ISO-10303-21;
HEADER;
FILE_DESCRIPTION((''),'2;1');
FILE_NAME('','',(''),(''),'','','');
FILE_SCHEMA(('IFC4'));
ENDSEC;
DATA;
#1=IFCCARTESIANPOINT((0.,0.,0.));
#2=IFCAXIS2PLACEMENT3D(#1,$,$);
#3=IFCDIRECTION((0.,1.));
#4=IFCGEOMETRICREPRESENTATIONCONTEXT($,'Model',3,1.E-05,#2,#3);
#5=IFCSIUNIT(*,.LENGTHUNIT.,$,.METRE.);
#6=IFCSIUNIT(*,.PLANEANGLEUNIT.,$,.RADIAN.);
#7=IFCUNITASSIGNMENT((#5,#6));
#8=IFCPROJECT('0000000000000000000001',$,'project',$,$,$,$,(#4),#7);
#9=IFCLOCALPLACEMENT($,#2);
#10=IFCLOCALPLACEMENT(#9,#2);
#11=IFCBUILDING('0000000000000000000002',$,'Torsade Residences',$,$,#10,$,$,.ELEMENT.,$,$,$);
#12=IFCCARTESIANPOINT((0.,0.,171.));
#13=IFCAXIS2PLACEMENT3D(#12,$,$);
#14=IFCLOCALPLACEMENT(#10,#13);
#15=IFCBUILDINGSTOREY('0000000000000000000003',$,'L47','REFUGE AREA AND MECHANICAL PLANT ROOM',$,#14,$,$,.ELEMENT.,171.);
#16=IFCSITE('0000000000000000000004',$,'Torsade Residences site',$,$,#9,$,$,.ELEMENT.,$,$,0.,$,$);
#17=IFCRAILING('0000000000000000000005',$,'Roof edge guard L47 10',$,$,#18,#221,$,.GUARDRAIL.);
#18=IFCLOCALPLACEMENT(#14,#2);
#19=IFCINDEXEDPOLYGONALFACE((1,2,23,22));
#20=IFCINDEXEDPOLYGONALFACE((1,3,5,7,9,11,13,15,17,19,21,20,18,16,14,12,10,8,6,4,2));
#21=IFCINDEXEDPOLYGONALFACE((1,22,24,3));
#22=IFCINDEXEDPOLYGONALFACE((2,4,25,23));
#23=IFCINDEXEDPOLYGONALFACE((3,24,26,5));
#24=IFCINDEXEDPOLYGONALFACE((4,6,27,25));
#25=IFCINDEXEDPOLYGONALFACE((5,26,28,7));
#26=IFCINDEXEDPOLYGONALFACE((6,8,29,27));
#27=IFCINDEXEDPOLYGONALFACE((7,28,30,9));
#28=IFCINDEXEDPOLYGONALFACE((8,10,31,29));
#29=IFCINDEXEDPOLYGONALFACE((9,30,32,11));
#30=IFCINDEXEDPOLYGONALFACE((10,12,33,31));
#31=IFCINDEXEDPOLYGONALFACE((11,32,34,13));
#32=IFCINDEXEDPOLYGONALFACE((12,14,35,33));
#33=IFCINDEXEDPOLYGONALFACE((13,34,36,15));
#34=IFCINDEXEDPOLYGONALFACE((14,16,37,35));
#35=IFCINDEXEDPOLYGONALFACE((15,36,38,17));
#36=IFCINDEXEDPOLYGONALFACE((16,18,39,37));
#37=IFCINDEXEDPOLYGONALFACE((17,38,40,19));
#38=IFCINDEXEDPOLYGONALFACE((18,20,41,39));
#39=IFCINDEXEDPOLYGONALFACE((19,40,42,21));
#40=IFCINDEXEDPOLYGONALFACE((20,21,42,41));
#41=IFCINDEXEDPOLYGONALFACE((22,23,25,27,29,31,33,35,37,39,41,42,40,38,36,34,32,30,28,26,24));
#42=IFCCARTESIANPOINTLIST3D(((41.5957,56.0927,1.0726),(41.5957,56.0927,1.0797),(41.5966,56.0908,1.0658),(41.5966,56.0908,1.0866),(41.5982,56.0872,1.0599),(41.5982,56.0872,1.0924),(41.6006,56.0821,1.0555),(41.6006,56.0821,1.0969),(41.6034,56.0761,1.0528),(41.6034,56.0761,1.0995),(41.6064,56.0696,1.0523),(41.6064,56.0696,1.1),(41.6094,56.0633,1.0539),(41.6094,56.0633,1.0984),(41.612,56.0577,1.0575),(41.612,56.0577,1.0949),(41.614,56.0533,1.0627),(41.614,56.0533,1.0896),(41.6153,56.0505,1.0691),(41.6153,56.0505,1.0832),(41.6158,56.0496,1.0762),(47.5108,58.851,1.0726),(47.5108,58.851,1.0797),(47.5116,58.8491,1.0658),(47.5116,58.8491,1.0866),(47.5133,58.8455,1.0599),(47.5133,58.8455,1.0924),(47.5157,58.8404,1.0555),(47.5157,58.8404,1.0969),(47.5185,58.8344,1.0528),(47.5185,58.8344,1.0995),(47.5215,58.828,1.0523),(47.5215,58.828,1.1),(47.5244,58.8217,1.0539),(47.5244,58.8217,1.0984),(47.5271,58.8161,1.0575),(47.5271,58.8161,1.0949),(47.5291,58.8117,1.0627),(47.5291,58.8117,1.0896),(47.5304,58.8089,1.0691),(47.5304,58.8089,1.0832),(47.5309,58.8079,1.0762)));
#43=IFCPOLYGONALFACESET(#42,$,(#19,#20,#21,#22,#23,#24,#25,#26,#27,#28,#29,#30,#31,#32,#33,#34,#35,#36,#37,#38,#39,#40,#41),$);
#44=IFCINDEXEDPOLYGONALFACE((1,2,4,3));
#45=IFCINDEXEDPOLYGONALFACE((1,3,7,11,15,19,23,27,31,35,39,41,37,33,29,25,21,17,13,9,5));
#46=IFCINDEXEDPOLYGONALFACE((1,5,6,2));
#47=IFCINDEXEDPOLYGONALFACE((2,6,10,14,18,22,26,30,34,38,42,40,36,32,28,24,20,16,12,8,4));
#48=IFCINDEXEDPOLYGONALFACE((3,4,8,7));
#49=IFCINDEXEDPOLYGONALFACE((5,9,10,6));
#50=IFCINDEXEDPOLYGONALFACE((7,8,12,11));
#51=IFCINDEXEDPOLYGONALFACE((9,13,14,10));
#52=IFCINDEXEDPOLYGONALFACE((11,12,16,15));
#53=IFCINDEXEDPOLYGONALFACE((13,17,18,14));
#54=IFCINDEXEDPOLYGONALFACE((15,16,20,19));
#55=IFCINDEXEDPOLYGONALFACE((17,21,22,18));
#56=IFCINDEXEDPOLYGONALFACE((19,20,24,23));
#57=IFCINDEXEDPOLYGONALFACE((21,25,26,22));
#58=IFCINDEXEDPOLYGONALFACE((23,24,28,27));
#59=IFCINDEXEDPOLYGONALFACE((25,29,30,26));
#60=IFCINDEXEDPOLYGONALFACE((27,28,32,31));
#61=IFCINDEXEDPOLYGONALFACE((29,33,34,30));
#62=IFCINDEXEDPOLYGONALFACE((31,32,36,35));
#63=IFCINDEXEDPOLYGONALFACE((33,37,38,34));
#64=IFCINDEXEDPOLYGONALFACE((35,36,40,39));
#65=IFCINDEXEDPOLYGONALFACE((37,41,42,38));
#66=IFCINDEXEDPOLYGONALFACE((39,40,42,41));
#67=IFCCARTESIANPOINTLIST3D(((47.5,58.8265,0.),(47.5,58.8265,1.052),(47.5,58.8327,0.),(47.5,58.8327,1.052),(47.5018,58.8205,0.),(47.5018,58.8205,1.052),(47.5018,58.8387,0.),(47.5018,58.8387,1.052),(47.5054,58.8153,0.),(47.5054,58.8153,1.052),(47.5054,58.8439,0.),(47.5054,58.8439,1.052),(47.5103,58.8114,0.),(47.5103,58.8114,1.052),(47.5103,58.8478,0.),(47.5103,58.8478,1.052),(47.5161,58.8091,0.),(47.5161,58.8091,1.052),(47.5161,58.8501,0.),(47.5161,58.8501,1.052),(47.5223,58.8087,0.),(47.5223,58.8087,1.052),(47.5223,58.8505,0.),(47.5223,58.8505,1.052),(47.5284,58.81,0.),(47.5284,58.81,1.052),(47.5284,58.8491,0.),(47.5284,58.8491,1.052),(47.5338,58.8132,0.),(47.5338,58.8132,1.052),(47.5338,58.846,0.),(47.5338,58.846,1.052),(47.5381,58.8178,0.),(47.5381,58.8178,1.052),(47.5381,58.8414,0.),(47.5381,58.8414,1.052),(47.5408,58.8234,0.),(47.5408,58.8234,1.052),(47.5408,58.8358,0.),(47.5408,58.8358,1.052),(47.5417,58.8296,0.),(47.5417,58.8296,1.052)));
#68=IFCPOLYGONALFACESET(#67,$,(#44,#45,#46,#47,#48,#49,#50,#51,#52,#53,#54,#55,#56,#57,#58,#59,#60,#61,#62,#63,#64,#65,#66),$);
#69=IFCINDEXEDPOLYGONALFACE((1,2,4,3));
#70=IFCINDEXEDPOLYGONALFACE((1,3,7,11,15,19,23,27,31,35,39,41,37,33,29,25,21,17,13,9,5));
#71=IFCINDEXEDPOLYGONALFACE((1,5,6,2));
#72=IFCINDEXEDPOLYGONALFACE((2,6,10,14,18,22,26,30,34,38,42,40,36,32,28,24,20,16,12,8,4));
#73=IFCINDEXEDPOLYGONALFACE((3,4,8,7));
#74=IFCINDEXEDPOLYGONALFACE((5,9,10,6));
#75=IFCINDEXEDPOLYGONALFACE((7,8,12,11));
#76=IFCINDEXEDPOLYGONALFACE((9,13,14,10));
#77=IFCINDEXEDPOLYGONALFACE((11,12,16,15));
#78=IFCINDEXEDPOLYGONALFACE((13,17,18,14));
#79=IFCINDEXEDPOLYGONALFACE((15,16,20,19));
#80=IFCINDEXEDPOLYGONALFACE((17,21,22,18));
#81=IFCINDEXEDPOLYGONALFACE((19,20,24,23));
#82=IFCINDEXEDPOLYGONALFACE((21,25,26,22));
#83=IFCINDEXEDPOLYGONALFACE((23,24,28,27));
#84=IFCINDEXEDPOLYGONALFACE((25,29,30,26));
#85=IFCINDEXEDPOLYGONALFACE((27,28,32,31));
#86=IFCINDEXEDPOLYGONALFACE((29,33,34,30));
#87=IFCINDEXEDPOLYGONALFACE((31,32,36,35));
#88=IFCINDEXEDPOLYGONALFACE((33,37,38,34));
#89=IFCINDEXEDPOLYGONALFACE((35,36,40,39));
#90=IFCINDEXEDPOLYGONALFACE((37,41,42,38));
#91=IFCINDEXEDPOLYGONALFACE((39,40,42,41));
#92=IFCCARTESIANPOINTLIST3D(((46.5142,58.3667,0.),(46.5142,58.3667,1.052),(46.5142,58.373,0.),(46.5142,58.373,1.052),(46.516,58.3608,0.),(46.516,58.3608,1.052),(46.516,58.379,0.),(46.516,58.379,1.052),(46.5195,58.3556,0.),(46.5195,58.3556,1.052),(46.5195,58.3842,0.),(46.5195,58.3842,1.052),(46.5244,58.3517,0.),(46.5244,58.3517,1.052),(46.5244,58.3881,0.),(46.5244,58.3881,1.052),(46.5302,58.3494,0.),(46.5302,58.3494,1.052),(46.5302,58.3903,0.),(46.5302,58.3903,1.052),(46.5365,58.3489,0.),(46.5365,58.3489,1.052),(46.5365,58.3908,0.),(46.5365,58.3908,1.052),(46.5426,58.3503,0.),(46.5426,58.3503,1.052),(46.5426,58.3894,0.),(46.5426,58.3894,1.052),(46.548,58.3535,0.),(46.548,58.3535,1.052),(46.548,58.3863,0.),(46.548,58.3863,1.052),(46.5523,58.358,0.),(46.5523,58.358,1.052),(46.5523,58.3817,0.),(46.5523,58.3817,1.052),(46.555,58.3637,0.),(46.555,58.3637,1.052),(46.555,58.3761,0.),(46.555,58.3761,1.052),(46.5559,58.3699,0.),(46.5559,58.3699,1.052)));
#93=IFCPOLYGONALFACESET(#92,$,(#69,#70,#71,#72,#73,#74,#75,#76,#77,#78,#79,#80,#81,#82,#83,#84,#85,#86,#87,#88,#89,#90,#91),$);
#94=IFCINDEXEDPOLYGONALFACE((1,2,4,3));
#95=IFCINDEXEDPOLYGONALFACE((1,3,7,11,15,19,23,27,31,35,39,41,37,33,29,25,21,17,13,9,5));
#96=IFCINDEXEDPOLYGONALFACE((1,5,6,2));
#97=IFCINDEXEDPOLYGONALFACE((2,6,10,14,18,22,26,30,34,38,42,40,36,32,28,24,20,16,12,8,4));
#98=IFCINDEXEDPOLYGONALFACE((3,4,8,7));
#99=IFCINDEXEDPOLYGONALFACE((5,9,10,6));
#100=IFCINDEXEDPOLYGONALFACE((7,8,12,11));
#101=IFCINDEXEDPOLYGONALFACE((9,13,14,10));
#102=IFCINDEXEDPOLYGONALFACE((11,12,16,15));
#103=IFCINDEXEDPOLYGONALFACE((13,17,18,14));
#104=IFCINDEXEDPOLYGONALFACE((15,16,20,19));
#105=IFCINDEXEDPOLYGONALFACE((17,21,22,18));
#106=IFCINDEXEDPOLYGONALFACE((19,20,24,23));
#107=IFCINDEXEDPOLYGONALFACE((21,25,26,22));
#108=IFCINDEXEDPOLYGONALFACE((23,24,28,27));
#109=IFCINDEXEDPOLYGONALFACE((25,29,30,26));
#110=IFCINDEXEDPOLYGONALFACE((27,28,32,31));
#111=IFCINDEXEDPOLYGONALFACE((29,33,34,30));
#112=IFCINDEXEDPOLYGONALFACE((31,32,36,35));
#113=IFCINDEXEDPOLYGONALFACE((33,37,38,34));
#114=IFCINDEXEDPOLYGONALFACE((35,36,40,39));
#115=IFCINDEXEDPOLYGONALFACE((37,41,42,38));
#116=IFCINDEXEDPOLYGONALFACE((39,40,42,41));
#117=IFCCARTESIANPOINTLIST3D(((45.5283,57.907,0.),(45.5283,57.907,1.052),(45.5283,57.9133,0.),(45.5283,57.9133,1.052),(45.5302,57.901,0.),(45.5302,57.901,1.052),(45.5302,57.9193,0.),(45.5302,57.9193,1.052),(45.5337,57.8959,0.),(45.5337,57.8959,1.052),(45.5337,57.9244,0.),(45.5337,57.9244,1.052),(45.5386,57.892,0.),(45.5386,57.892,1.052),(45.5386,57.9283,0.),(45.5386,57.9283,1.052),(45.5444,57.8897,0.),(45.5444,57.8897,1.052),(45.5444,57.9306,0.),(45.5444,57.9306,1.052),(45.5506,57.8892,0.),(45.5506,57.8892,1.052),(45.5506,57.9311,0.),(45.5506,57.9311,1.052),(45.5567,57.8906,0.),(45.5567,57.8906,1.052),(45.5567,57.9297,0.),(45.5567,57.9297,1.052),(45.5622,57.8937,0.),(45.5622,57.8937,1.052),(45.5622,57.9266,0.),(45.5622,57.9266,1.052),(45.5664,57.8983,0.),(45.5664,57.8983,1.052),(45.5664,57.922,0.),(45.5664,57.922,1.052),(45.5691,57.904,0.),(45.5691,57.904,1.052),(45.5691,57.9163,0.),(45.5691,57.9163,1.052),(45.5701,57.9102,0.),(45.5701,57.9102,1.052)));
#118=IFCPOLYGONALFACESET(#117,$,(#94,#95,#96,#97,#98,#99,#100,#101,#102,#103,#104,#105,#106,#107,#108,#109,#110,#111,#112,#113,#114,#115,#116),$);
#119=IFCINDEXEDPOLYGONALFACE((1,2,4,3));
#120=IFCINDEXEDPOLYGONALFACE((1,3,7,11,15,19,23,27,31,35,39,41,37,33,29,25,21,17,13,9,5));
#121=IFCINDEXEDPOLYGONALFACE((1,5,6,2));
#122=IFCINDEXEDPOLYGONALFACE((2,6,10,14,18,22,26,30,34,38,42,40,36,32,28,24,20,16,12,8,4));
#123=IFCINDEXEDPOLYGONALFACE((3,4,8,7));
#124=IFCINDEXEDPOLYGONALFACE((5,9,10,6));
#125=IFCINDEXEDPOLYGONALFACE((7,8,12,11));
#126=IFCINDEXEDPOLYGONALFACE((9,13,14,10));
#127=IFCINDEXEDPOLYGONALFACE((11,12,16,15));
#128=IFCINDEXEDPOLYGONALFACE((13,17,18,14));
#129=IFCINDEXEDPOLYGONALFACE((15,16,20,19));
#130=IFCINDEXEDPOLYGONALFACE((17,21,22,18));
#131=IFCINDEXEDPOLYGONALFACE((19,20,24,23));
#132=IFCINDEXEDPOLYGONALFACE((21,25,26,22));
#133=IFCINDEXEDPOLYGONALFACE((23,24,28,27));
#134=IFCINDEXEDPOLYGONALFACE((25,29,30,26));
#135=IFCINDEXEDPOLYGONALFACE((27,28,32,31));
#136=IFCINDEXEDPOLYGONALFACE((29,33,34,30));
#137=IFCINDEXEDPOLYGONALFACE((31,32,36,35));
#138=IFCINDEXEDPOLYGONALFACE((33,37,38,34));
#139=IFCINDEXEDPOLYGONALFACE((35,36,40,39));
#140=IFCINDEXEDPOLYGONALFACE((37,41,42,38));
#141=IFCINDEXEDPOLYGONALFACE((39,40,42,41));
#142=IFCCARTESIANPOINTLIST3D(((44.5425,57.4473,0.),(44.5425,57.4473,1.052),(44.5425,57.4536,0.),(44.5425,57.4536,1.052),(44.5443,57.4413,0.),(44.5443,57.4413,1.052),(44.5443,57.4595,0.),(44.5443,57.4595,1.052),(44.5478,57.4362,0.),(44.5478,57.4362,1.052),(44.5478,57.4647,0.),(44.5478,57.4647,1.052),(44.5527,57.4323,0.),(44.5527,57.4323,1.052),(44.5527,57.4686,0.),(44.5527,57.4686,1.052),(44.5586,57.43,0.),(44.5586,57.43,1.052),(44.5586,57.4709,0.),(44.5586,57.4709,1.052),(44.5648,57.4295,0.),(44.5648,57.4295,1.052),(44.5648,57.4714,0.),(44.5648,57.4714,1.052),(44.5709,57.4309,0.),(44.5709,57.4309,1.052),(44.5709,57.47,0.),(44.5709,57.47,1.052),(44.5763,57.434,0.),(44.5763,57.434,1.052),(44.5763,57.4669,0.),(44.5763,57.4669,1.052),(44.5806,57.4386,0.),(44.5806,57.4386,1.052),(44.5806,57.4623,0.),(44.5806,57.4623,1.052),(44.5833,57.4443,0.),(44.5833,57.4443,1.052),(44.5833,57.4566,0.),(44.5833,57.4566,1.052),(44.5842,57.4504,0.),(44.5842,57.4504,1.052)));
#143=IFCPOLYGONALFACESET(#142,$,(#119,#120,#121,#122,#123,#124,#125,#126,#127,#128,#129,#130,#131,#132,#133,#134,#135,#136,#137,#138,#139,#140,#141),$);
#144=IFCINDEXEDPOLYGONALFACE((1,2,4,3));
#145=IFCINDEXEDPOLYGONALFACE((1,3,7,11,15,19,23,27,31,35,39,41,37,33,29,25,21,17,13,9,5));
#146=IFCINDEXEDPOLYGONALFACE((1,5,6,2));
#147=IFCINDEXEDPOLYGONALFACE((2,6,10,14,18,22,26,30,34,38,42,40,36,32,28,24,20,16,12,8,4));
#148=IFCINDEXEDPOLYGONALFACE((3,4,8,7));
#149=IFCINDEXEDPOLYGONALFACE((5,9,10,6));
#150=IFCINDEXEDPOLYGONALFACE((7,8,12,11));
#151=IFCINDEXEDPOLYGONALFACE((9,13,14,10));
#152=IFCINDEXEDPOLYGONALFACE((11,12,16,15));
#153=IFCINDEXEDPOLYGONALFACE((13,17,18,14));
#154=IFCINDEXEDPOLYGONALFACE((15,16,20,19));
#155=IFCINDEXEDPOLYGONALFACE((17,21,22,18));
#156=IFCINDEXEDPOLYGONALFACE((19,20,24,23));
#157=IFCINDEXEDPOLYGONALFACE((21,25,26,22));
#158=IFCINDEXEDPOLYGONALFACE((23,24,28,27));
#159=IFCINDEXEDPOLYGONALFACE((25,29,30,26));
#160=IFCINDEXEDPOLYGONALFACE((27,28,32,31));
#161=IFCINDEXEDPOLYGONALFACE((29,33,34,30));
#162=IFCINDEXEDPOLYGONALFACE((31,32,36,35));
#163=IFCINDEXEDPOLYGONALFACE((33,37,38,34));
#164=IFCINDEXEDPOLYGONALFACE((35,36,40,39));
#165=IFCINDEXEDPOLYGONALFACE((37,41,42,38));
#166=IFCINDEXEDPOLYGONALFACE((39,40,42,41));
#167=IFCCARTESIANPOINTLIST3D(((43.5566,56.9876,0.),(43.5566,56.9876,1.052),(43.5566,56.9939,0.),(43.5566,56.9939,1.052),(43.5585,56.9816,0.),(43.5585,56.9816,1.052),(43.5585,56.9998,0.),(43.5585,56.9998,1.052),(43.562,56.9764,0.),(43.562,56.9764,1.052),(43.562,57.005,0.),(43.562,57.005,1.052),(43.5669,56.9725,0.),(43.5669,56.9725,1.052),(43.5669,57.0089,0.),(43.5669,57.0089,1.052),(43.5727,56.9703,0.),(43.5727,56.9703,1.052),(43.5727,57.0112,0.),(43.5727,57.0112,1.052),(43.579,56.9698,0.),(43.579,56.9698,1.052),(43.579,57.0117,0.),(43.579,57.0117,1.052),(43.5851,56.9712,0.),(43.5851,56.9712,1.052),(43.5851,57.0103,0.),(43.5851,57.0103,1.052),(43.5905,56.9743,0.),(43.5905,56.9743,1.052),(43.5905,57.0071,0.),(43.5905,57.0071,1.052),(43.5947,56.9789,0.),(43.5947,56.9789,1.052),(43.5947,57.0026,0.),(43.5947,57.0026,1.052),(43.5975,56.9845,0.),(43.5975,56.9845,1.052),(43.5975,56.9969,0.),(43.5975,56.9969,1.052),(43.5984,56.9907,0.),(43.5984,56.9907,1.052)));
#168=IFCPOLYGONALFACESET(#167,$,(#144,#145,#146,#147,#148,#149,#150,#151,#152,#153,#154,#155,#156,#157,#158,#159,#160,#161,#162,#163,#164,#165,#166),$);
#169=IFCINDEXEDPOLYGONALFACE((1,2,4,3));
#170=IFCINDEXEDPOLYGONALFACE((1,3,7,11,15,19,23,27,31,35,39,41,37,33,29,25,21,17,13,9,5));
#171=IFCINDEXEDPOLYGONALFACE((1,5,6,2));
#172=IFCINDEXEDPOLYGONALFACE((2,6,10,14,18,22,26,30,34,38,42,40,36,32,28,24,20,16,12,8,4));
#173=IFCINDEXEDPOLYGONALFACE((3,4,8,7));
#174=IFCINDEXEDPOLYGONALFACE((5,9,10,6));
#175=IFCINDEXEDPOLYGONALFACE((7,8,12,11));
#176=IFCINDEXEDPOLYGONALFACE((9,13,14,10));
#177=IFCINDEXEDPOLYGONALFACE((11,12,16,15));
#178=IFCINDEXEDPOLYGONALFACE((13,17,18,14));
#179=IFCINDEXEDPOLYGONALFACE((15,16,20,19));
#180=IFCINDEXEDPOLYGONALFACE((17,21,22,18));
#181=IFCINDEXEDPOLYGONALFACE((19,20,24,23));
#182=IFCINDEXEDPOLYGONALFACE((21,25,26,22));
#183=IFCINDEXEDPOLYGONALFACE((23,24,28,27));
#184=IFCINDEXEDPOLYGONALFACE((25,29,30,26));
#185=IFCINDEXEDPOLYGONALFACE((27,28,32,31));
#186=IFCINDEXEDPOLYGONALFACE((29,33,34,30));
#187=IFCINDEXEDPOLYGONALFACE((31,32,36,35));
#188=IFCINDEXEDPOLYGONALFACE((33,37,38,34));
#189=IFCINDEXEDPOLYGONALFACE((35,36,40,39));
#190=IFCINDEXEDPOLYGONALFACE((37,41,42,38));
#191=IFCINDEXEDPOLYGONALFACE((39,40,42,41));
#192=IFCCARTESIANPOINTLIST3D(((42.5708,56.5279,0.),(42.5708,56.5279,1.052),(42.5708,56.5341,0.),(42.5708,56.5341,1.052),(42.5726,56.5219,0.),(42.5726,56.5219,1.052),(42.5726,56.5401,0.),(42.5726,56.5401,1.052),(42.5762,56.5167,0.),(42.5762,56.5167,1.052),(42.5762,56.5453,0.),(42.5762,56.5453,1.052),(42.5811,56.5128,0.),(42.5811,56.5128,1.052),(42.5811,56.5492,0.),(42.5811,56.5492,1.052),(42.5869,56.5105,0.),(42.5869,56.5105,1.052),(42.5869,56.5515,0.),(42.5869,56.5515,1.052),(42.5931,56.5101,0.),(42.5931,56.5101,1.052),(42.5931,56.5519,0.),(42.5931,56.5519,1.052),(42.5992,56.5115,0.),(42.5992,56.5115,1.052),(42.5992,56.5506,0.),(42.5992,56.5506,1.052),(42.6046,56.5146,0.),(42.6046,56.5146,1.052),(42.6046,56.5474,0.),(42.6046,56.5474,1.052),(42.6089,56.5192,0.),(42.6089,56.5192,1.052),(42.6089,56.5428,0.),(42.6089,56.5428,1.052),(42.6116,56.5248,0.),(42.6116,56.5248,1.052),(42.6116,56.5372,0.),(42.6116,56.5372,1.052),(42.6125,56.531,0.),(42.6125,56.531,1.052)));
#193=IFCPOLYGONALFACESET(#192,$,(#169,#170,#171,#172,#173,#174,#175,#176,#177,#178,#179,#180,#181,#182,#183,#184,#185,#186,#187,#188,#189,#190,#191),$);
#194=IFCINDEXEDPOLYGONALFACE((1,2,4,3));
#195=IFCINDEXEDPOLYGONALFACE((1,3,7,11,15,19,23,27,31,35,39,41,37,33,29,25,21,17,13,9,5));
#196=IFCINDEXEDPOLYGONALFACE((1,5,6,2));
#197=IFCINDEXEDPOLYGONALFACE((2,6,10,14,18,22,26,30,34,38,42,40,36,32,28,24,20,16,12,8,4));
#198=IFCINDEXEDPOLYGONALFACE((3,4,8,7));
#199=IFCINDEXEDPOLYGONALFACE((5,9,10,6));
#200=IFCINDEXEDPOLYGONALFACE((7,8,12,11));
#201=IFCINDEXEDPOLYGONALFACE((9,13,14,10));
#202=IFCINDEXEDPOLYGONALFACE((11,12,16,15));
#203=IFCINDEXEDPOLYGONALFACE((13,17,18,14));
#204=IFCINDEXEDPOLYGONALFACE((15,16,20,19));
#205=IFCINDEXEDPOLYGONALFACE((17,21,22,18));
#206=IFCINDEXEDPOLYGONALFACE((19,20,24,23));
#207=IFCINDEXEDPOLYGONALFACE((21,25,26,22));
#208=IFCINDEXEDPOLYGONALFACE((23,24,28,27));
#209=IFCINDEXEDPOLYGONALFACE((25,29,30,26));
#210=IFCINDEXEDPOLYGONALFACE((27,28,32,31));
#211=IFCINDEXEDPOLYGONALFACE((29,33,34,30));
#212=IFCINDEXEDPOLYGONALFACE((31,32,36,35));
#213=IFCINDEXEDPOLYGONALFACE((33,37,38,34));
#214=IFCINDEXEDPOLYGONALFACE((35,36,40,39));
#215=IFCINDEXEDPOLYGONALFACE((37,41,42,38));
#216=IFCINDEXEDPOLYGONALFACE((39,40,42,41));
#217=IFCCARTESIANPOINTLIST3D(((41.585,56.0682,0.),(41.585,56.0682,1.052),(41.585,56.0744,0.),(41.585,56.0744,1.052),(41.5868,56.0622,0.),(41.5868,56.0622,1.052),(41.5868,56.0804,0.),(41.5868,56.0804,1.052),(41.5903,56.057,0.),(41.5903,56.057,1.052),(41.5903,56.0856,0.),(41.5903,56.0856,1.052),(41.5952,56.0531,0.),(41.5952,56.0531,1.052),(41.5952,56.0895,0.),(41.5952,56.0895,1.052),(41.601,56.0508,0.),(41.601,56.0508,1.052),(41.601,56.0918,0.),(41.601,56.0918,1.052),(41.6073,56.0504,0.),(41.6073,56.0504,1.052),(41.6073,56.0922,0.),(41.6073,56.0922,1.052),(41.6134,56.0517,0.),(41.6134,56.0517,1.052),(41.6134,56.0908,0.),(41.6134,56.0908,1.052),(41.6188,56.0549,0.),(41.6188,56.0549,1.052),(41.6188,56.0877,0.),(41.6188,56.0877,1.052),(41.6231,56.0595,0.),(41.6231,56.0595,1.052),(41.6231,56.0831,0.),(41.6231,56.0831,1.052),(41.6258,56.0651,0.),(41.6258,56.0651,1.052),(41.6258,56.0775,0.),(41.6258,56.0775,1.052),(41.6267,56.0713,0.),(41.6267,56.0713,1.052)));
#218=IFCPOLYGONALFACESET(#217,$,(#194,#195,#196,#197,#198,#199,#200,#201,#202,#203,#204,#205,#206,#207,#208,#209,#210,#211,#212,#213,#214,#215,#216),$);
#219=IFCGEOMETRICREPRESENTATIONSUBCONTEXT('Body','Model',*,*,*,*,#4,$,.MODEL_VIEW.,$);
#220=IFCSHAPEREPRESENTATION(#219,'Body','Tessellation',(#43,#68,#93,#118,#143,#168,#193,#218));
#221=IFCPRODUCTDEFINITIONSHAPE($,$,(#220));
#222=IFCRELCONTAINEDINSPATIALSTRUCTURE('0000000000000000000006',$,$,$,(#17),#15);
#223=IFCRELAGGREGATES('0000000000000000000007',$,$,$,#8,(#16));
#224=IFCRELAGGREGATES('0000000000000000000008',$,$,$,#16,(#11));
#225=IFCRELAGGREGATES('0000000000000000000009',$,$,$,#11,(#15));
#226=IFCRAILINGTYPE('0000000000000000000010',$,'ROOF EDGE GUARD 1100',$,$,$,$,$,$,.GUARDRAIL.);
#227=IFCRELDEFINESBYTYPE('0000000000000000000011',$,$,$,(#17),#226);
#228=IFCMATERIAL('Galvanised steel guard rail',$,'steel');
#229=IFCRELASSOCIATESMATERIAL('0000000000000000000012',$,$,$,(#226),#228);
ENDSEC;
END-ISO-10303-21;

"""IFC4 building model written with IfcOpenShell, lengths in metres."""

from ifc_helpers import new_model, si_unit, direction, frame, origin, origin_2d, place, context, subcontext, project, spatial, circle, extrude, material, type_object, element, save


model = new_model("IFC4")

# Units and contexts
model_context = context("Model", 3, precision=1e-05, world=origin(), true_north=direction((0.0, 1.0)))
body_context = subcontext(model_context, "Body", "Model", "MODEL_VIEW")
ifc_project = project(units=[si_unit("LENGTHUNIT", "METRE"), si_unit("PLANEANGLEUNIT", "RADIAN")], contexts=[model_context])

# Site, building, storey
site_placement = place(None, origin())
site = spatial("IfcSite", under=ifc_project, at=site_placement, Name="Torsade Residences site", CompositionType="ELEMENT", RefElevation=0.0)
building_placement = place(site_placement, origin())
building = spatial("IfcBuilding", under=site, at=building_placement, Name="Torsade Residences", CompositionType="ELEMENT")
storey_placement = place(building_placement, frame((0.0, 0.0, 171.0)))
storey = spatial("IfcBuildingStorey", under=building, at=storey_placement, Name="L47", Description="REFUGE AREA AND MECHANICAL PLANT ROOM", CompositionType="ELEMENT", Elevation=171.0)

# Railing
ifc_material_1 = material(Name="Galvanised steel guard rail", Category="steel")
railing_type = type_object("IfcRailingType", Name="ROOF EDGE GUARD 1100", PredefinedType="GUARDRAIL", material=ifc_material_1)
railing_1_placement = place(storey_placement, frame((47.5208, 58.8296, 0.0)))
element("IfcRailing", 1, at=railing_1_placement, inside=storey, type_object=railing_type, Name="Roof edge guard L47 10", PredefinedType="GUARDRAIL", context=body_context, shape_type="SweptSolid", body=[
    extrude(circle(Radius=0.0239, at=origin_2d()), frame((0.0, 0.0, 1.0762), z_axis=(-0.906304, -0.422627, 0.0), x_axis=(0.422627, -0.906304, 0.0)), (0.0, 0.0, 1.0), 6.5266),
    extrude(circle(Radius=0.021, at=origin_2d()), origin(), (0.0, 0.0, 1.0), 1.052),
    extrude(circle(Radius=0.021, at=origin_2d()), frame((-0.9858, -0.4597, 0.0)), (0.0, 0.0, 1.0), 1.052),
    extrude(circle(Radius=0.021, at=origin_2d()), frame((-1.9717, -0.9194, 0.0)), (0.0, 0.0, 1.0), 1.052),
    extrude(circle(Radius=0.021, at=origin_2d()), frame((-2.9575, -1.3792, 0.0)), (0.0, 0.0, 1.0), 1.052),
    extrude(circle(Radius=0.021, at=origin_2d()), frame((-3.9434, -1.8389, 0.0)), (0.0, 0.0, 1.0), 1.052),
    extrude(circle(Radius=0.021, at=origin_2d()), frame((-4.9292, -2.2986, 0.0)), (0.0, 0.0, 1.0), 1.052),
    extrude(circle(Radius=0.021, at=origin_2d()), frame((-5.915, -2.7583, 0.0)), (0.0, 0.0, 1.0), 1.052),
])

save(model, "model.ifc")
